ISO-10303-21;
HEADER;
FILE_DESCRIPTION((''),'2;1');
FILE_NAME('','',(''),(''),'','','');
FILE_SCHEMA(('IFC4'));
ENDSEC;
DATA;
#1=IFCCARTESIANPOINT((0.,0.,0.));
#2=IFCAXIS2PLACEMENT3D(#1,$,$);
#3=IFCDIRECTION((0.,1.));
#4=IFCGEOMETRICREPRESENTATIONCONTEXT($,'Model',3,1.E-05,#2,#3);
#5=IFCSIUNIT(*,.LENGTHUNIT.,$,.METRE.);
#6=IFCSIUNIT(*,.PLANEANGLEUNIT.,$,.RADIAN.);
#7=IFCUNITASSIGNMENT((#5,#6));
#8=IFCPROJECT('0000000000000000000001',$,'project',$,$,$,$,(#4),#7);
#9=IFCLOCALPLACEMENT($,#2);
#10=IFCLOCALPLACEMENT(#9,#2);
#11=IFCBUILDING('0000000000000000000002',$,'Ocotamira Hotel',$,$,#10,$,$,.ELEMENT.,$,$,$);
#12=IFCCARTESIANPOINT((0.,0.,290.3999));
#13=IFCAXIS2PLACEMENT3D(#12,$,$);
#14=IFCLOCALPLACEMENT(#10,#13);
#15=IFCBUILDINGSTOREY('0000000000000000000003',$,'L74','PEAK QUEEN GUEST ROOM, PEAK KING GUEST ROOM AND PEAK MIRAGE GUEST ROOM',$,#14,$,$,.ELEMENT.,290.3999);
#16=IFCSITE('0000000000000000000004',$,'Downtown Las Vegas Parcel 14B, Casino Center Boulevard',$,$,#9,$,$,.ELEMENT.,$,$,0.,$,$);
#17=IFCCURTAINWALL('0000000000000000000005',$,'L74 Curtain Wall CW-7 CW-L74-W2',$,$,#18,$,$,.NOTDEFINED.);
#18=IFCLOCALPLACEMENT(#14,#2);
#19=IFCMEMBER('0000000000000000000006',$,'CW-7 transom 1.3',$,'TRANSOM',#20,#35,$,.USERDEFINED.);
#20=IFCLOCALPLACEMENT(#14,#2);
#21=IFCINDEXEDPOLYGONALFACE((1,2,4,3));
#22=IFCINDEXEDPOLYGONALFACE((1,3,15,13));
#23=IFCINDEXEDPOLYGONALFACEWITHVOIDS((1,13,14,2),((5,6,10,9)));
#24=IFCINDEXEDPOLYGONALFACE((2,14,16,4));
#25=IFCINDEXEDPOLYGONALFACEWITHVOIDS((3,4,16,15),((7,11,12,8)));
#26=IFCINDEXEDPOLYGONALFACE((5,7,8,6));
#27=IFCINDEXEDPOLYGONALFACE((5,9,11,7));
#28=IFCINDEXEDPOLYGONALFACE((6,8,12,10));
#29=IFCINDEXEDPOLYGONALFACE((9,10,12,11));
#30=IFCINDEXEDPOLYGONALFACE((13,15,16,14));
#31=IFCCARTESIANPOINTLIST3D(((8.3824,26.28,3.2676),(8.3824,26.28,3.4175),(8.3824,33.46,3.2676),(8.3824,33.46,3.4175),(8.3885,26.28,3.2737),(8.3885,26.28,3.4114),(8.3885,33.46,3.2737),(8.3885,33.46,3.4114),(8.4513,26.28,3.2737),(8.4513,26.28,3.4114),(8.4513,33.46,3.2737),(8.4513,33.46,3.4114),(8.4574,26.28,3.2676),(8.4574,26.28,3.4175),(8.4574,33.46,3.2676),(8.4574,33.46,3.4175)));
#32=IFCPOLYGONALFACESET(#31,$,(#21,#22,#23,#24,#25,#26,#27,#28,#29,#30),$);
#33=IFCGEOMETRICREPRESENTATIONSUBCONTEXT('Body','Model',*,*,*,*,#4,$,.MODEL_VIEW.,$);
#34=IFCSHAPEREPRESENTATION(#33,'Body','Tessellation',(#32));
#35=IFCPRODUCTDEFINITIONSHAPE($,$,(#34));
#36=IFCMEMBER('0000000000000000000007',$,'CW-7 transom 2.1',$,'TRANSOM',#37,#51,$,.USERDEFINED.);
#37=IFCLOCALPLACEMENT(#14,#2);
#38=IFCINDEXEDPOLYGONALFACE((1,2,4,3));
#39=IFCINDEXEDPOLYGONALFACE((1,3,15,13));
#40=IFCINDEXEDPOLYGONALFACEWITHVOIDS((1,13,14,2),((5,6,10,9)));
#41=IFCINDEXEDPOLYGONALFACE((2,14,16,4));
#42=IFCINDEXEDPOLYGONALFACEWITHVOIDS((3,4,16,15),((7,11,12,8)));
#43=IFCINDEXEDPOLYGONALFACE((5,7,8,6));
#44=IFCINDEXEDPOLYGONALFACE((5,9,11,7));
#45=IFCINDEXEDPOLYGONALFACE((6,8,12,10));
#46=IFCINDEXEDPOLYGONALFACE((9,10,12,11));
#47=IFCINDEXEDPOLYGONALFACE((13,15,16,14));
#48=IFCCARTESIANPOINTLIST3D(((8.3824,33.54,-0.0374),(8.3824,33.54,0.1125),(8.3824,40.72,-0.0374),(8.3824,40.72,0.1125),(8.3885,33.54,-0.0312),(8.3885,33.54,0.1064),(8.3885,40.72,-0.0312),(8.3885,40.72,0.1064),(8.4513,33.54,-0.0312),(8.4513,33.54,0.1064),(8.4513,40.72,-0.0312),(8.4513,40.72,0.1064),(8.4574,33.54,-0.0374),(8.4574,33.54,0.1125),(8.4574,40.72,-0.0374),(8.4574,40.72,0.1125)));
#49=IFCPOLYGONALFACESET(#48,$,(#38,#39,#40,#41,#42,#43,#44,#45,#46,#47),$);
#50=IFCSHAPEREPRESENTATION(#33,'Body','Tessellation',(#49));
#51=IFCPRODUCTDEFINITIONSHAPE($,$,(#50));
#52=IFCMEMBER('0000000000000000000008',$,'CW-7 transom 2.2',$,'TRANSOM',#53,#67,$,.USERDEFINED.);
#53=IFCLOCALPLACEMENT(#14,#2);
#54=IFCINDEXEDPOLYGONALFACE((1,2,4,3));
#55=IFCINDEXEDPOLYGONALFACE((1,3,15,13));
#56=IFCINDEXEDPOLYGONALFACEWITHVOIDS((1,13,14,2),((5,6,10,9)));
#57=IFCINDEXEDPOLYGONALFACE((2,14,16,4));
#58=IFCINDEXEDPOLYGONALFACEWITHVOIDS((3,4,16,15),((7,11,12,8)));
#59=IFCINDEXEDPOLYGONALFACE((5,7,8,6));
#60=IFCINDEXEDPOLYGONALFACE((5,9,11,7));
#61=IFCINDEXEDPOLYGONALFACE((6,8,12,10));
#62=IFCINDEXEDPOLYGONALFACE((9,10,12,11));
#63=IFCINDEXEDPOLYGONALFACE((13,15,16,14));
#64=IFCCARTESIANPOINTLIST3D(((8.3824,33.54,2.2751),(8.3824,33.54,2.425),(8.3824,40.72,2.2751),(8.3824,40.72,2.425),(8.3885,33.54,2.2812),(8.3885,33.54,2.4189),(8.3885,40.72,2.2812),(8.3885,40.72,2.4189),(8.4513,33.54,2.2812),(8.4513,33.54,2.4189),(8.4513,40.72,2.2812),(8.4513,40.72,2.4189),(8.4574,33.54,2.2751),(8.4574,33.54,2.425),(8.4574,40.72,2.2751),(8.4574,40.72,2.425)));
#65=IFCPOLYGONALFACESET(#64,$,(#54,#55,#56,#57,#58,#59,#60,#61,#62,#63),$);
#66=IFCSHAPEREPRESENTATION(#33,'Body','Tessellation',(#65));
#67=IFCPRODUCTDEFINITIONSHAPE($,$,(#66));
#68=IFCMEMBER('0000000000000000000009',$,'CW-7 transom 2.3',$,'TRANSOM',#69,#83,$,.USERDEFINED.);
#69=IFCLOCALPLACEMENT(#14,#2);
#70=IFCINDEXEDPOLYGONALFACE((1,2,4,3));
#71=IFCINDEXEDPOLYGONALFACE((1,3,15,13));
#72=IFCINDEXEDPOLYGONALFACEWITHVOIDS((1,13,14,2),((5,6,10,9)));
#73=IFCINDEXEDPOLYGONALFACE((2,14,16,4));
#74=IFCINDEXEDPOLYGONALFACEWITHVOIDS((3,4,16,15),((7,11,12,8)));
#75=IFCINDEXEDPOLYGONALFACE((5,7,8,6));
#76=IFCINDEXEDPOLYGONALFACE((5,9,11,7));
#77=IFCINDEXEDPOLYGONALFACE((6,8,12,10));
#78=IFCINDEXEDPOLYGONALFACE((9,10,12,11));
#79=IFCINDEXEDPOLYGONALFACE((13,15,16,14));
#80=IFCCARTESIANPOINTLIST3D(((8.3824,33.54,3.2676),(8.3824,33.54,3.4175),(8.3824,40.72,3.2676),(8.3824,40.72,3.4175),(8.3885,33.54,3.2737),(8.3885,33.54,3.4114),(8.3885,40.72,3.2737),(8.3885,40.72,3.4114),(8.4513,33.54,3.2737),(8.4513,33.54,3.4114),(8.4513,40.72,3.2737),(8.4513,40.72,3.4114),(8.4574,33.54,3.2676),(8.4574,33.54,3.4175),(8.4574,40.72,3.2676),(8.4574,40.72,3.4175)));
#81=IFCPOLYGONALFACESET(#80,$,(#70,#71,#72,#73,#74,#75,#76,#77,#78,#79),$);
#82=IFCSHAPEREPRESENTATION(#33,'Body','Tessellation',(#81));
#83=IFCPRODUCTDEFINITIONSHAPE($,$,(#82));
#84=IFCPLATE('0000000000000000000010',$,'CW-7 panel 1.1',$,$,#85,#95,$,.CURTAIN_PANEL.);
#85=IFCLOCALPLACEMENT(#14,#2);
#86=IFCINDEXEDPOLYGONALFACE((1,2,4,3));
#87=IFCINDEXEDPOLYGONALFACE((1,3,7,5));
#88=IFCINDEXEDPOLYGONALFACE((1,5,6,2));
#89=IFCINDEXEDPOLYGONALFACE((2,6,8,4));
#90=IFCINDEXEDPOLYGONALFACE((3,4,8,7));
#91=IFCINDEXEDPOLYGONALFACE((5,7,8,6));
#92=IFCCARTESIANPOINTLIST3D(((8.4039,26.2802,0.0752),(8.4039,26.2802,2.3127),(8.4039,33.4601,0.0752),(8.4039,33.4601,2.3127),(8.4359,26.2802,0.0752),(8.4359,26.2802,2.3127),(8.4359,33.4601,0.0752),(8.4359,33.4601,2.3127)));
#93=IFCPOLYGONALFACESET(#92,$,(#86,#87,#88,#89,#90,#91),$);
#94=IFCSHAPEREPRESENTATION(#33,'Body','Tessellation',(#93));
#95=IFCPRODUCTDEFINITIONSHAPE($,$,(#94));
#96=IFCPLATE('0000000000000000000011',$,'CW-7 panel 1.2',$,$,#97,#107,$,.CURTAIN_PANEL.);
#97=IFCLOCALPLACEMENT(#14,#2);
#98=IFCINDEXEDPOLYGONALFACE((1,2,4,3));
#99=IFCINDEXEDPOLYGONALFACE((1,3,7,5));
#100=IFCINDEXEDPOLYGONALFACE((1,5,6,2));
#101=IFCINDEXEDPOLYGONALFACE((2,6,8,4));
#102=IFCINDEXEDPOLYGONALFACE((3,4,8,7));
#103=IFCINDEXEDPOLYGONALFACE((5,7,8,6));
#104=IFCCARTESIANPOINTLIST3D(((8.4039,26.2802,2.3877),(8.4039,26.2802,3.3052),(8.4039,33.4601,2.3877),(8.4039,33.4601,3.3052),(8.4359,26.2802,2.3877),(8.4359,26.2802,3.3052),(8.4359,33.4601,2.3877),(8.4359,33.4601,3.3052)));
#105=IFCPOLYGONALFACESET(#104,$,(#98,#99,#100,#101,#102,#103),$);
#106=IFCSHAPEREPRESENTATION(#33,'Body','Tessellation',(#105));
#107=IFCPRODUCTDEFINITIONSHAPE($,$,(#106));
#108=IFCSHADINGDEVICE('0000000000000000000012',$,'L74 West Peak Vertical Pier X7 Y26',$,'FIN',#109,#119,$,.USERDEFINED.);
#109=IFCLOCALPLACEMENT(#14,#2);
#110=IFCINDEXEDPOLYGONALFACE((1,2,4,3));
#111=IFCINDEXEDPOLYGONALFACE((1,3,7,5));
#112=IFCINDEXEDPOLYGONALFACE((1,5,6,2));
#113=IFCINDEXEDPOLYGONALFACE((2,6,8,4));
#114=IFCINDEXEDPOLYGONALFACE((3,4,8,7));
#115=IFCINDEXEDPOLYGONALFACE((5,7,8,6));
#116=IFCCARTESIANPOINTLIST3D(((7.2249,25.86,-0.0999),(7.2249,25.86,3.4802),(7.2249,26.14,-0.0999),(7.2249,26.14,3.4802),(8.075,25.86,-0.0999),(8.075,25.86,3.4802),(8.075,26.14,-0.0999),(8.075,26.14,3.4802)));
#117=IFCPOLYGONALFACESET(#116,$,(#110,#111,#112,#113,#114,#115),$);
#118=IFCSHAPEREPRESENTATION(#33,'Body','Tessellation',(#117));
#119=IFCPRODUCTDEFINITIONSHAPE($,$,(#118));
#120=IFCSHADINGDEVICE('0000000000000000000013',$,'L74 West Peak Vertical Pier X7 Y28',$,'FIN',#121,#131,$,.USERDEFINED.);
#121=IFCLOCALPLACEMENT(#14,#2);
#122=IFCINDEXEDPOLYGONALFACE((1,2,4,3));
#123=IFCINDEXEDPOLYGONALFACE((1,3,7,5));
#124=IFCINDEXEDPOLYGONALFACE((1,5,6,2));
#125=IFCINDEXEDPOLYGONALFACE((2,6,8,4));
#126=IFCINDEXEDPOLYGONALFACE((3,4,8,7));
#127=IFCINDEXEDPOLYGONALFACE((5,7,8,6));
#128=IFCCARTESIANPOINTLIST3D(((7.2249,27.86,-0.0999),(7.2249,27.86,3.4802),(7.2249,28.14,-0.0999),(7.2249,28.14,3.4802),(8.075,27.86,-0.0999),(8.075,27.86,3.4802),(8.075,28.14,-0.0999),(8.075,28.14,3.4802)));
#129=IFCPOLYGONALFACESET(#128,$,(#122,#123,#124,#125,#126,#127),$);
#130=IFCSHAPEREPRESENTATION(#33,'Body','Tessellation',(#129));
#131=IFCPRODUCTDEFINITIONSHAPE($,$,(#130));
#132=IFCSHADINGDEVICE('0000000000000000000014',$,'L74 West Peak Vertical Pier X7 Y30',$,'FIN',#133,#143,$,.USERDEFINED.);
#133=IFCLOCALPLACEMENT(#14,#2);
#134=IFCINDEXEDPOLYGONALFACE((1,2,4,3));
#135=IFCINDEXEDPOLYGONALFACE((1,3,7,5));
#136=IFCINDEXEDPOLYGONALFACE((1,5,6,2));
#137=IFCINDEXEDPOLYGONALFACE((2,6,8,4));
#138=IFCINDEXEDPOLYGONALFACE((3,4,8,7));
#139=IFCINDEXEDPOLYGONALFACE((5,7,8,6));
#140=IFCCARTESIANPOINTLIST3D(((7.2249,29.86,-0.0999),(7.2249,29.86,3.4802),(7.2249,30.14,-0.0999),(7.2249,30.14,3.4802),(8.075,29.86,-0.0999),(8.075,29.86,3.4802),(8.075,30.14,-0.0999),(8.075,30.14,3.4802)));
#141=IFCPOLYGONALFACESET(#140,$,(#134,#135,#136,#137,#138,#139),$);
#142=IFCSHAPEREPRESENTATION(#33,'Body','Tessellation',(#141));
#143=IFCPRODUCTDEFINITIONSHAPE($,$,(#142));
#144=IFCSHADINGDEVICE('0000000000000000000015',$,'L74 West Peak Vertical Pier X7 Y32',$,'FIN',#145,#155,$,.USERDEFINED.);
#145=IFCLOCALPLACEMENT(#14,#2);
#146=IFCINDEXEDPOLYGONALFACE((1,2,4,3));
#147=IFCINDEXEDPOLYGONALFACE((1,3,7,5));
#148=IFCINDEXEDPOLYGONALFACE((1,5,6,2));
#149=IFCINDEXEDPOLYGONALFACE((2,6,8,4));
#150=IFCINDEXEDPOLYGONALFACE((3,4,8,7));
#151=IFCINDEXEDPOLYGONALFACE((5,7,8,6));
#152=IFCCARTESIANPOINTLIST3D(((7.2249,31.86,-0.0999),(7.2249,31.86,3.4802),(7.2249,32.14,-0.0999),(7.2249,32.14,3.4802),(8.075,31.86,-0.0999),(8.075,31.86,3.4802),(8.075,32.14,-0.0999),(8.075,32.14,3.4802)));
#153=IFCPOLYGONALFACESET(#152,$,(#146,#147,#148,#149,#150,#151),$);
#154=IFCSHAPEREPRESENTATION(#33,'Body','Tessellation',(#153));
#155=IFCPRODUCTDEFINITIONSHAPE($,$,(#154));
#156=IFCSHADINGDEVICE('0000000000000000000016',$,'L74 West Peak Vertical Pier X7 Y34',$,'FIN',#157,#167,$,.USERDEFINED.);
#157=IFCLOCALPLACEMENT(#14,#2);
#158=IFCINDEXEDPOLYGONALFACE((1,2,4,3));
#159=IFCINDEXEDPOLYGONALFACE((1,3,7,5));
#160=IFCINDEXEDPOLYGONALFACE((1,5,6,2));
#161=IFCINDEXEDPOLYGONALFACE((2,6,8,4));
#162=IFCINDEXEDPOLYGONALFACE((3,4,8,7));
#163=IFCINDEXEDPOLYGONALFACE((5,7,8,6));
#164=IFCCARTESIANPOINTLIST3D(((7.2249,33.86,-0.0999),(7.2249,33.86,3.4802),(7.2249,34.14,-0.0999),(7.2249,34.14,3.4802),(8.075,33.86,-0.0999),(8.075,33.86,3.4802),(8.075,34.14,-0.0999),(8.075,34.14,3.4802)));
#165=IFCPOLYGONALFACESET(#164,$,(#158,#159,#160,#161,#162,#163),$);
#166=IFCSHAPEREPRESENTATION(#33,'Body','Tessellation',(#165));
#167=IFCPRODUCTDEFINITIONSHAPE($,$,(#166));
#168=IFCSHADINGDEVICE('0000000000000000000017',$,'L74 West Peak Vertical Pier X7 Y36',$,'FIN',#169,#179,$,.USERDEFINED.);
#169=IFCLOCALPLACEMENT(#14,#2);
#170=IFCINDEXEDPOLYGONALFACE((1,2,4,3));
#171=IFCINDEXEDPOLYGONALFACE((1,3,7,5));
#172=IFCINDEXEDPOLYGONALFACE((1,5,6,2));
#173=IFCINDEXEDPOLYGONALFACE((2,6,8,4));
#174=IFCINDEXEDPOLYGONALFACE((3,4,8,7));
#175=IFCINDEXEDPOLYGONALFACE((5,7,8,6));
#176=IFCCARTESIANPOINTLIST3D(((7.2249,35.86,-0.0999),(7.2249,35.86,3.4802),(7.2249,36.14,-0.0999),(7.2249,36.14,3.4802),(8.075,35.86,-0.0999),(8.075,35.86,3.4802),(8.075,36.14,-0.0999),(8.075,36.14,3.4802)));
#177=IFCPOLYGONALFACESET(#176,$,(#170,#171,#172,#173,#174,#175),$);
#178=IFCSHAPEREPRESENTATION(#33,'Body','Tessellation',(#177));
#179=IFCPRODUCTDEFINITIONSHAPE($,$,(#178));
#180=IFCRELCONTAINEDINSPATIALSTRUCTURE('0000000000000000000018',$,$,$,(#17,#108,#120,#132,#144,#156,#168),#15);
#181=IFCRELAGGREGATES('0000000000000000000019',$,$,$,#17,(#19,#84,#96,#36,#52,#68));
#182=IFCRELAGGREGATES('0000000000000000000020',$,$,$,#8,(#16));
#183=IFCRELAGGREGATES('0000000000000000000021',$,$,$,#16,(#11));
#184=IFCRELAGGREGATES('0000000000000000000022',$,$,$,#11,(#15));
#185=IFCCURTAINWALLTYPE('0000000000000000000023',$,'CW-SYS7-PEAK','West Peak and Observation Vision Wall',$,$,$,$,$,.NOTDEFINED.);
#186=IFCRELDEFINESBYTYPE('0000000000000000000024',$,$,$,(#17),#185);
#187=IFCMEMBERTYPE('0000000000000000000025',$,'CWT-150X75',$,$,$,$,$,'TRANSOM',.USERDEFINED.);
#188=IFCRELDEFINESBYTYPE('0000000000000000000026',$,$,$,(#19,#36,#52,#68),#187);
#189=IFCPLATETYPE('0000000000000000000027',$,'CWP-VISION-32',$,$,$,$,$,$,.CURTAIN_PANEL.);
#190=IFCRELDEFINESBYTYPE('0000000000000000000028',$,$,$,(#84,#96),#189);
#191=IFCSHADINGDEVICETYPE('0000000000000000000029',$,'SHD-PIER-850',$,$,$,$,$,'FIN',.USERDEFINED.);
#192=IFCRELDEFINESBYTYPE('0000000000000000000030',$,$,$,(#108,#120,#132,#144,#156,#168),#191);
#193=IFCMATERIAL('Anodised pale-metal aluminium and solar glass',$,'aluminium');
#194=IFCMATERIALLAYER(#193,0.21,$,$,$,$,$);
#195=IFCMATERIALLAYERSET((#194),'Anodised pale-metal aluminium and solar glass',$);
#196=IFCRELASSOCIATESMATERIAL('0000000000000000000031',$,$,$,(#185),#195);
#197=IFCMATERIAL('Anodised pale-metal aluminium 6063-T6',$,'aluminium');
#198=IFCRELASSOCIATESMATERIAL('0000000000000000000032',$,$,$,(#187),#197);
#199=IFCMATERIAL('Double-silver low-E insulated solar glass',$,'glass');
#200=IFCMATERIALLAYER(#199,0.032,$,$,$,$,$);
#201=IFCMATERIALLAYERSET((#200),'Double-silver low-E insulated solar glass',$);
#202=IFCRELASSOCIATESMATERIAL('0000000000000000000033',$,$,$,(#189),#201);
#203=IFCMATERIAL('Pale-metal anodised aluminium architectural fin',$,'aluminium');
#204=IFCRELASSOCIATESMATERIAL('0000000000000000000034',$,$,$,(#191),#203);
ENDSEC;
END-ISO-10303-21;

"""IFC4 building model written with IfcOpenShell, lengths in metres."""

from ifc_helpers import new_model, si_unit, direction, frame, origin, origin_2d, place, context, subcontext, project, spatial, rectangle, hollow_rectangle, extrude, source, transform, mapped, material, layer, layer_set, material_profile, profile_set, type_object, element, aggregate, save


model = new_model("IFC4")

# Units and contexts
model_context = context("Model", 3, precision=1e-05, world=origin(), true_north=direction((0.0, 1.0)))
body_context = subcontext(model_context, "Body", "Model", "MODEL_VIEW")
ifc_project = project(units=[si_unit("LENGTHUNIT", "METRE"), si_unit("PLANEANGLEUNIT", "RADIAN")], contexts=[model_context])

# Site, building, storey
site_placement = place(None, origin())
site = spatial("IfcSite", under=ifc_project, at=site_placement, Name="Downtown Las Vegas Parcel 14B, Casino Center Boulevard", CompositionType="ELEMENT", RefElevation=0.0)
building_placement = place(site_placement, origin())
building = spatial("IfcBuilding", under=site, at=building_placement, Name="Ocotamira Hotel", CompositionType="ELEMENT")
storey_placement = place(building_placement, frame((0.0, 0.0, 290.3999)))
storey = spatial("IfcBuildingStorey", under=building, at=storey_placement, Name="L74", Description="PEAK QUEEN GUEST ROOM, PEAK KING GUEST ROOM AND PEAK MIRAGE GUEST ROOM", CompositionType="ELEMENT", Elevation=290.3999)

# Shared definitions
ifc_material_1 = material(Name="Anodised pale-metal aluminium and solar glass", Category="aluminium")
ifc_layer_1 = layer(ifc_material_1, 0.21)
ifc_layer_set_1 = layer_set([ifc_layer_1], Name="Anodised pale-metal aluminium and solar glass")
curtain_wall_type = type_object("IfcCurtainWallType", Name="CW-SYS7-PEAK", Description="West Peak and Observation Vision Wall", PredefinedType="NOTDEFINED", material=ifc_layer_set_1)
ifc_material_2 = material(Name="Anodised pale-metal aluminium 6063-T6", Category="aluminium")

# Curtain wall, members, plates
curtain_wall_1_placement = place(storey_placement, origin())
curtain_wall_1 = element("IfcCurtainWall", 1, at=curtain_wall_1_placement, inside=storey, type_object=curtain_wall_type, Name="L74 Curtain Wall CW-7 CW-L74-W2", PredefinedType="NOTDEFINED")
ifc_material_profile_1 = material_profile(ifc_material_2, hollow_rectangle(XDim=0.075, YDim=0.1499, WallThickness=0.0061, at=origin_2d()), Name="HSS150X75X6")
ifc_profile_set_1 = profile_set([ifc_material_profile_1], Name="Anodised pale-metal aluminium 6063-T6")
member_type_1 = type_object("IfcMemberType", Name="CWT-150X75", ElementType="TRANSOM", PredefinedType="USERDEFINED", material=ifc_profile_set_1)
shared_shape_1 = source(origin(), body_context, "Body", "SweptSolid", [
    extrude(hollow_rectangle(XDim=0.075, YDim=0.1499, WallThickness=0.0061, at=origin_2d()), origin(), (0.0, 0.0, 1.0), 7.1799),
])
member_1_placement = place(storey_placement, frame((8.4199, 26.28, 3.3425), z_axis=(0.0, 1.0, 0.0), x_axis=(-1.0, 0.0, 0.0)))
member_1 = element("IfcMember", 2, at=member_1_placement, type_object=member_type_1, Name="CW-7 transom 1.3", ObjectType="TRANSOM", PredefinedType="USERDEFINED", context=body_context, shape_type="MappedRepresentation", body=[
    mapped(shared_shape_1, transform((0.0, 0.0, 0.0), scale=1.0)),
])
member_2_placement = place(storey_placement, frame((8.4199, 33.54, 0.0376), z_axis=(0.0, 1.0, 0.0), x_axis=(-1.0, 0.0, 0.0)))
member_2 = element("IfcMember", 3, at=member_2_placement, type_object=member_type_1, Name="CW-7 transom 2.1", ObjectType="TRANSOM", PredefinedType="USERDEFINED", context=body_context, shape_type="MappedRepresentation", body=[
    mapped(shared_shape_1, transform((0.0, 0.0, 0.0), scale=1.0)),
])
member_3_placement = place(storey_placement, frame((8.4199, 33.54, 2.3501), z_axis=(0.0, 1.0, 0.0), x_axis=(-1.0, 0.0, 0.0)))
member_3 = element("IfcMember", 4, at=member_3_placement, type_object=member_type_1, Name="CW-7 transom 2.2", ObjectType="TRANSOM", PredefinedType="USERDEFINED", context=body_context, shape_type="MappedRepresentation", body=[
    mapped(shared_shape_1, transform((0.0, 0.0, 0.0), scale=1.0)),
])
member_4_placement = place(storey_placement, frame((8.4199, 33.54, 3.3425), z_axis=(0.0, 1.0, 0.0), x_axis=(-1.0, 0.0, 0.0)))
member_4 = element("IfcMember", 5, at=member_4_placement, type_object=member_type_1, Name="CW-7 transom 2.3", ObjectType="TRANSOM", PredefinedType="USERDEFINED", context=body_context, shape_type="MappedRepresentation", body=[
    mapped(shared_shape_1, transform((0.0, 0.0, 0.0), scale=1.0)),
])
ifc_material_3 = material(Name="Double-silver low-E insulated solar glass", Category="glass")
ifc_layer_2 = layer(ifc_material_3, 0.032)
ifc_layer_set_2 = layer_set([ifc_layer_2], Name="Double-silver low-E insulated solar glass")
plate_type = type_object("IfcPlateType", Name="CWP-VISION-32", PredefinedType="CURTAIN_PANEL", material=ifc_layer_set_2)
shared_shape_2 = source(origin(), body_context, "Body", "SweptSolid", [
    extrude(rectangle(XDim=7.1799, YDim=0.032, at=origin_2d()), origin(), (0.0, 0.0, 1.0), 2.2375),
])
plate_1_placement = place(storey_placement, frame((8.4199, 29.8701, 0.0752), z_axis=(0.0, 0.0, 1.0), x_axis=(0.0, 1.0, 0.0)))
plate_1 = element("IfcPlate", 6, at=plate_1_placement, type_object=plate_type, Name="CW-7 panel 1.1", PredefinedType="CURTAIN_PANEL", context=body_context, shape_type="MappedRepresentation", body=[
    mapped(shared_shape_2, transform((0.0, 0.0, 0.0), scale=1.0)),
])
shared_shape_3 = source(origin(), body_context, "Body", "SweptSolid", [
    extrude(rectangle(XDim=7.1799, YDim=0.032, at=origin_2d()), origin(), (0.0, 0.0, 1.0), 0.9175),
])
plate_2_placement = place(storey_placement, frame((8.4199, 29.8701, 2.3877), z_axis=(0.0, 0.0, 1.0), x_axis=(0.0, 1.0, 0.0)))
plate_2 = element("IfcPlate", 7, at=plate_2_placement, type_object=plate_type, Name="CW-7 panel 1.2", PredefinedType="CURTAIN_PANEL", context=body_context, shape_type="MappedRepresentation", body=[
    mapped(shared_shape_3, transform((0.0, 0.0, 0.0), scale=1.0)),
])
aggregate(curtain_wall_1, [member_1, plate_1, plate_2, member_2, member_3, member_4])

# Shading devices
ifc_material_4 = material(Name="Pale-metal anodised aluminium architectural fin", Category="aluminium")
shading_device_type = type_object("IfcShadingDeviceType", Name="SHD-PIER-850", ElementType="FIN", PredefinedType="USERDEFINED", material=ifc_material_4)
shared_shape_4 = source(origin(), body_context, "Body", "SweptSolid", [
    extrude(rectangle(XDim=0.8501, YDim=0.28, at=origin_2d()), origin(), (0.0, 0.0, 1.0), 3.5801),
])
for number, where, z_axis, x_axis, name in (
    (8, (7.6499, 26.0, -0.0999), (0.0, 0.0, 1.0), (1.0, 0.0, 0.0), "L74 West Peak Vertical Pier X7 Y26"),
    (9, (7.6499, 28.0, -0.0999), (0.0, 0.0, 1.0), (1.0, 0.0, 0.0), "L74 West Peak Vertical Pier X7 Y28"),
    (10, (7.6499, 30.0, -0.0999), (0.0, 0.0, 1.0), (1.0, 0.0, 0.0), "L74 West Peak Vertical Pier X7 Y30"),
    (11, (7.6499, 32.0, -0.0999), (0.0, 0.0, 1.0), (1.0, 0.0, 0.0), "L74 West Peak Vertical Pier X7 Y32"),
    (12, (7.6499, 34.0, -0.0999), (0.0, 0.0, 1.0), (1.0, 0.0, 0.0), "L74 West Peak Vertical Pier X7 Y34"),
    (13, (7.6499, 36.0, -0.0999), (0.0, 0.0, 1.0), (1.0, 0.0, 0.0), "L74 West Peak Vertical Pier X7 Y36"),
):
    element("IfcShadingDevice", number, at=place(storey_placement, frame(where, z_axis=z_axis, x_axis=x_axis)), inside=storey, type_object=shading_device_type, Name=name, ObjectType="FIN", PredefinedType="USERDEFINED", context=body_context, shape_type="MappedRepresentation", body=[
        mapped(shared_shape_4, transform((0.0, 0.0, 0.0), scale=1.0)),
    ])

save(model, "model.ifc")
